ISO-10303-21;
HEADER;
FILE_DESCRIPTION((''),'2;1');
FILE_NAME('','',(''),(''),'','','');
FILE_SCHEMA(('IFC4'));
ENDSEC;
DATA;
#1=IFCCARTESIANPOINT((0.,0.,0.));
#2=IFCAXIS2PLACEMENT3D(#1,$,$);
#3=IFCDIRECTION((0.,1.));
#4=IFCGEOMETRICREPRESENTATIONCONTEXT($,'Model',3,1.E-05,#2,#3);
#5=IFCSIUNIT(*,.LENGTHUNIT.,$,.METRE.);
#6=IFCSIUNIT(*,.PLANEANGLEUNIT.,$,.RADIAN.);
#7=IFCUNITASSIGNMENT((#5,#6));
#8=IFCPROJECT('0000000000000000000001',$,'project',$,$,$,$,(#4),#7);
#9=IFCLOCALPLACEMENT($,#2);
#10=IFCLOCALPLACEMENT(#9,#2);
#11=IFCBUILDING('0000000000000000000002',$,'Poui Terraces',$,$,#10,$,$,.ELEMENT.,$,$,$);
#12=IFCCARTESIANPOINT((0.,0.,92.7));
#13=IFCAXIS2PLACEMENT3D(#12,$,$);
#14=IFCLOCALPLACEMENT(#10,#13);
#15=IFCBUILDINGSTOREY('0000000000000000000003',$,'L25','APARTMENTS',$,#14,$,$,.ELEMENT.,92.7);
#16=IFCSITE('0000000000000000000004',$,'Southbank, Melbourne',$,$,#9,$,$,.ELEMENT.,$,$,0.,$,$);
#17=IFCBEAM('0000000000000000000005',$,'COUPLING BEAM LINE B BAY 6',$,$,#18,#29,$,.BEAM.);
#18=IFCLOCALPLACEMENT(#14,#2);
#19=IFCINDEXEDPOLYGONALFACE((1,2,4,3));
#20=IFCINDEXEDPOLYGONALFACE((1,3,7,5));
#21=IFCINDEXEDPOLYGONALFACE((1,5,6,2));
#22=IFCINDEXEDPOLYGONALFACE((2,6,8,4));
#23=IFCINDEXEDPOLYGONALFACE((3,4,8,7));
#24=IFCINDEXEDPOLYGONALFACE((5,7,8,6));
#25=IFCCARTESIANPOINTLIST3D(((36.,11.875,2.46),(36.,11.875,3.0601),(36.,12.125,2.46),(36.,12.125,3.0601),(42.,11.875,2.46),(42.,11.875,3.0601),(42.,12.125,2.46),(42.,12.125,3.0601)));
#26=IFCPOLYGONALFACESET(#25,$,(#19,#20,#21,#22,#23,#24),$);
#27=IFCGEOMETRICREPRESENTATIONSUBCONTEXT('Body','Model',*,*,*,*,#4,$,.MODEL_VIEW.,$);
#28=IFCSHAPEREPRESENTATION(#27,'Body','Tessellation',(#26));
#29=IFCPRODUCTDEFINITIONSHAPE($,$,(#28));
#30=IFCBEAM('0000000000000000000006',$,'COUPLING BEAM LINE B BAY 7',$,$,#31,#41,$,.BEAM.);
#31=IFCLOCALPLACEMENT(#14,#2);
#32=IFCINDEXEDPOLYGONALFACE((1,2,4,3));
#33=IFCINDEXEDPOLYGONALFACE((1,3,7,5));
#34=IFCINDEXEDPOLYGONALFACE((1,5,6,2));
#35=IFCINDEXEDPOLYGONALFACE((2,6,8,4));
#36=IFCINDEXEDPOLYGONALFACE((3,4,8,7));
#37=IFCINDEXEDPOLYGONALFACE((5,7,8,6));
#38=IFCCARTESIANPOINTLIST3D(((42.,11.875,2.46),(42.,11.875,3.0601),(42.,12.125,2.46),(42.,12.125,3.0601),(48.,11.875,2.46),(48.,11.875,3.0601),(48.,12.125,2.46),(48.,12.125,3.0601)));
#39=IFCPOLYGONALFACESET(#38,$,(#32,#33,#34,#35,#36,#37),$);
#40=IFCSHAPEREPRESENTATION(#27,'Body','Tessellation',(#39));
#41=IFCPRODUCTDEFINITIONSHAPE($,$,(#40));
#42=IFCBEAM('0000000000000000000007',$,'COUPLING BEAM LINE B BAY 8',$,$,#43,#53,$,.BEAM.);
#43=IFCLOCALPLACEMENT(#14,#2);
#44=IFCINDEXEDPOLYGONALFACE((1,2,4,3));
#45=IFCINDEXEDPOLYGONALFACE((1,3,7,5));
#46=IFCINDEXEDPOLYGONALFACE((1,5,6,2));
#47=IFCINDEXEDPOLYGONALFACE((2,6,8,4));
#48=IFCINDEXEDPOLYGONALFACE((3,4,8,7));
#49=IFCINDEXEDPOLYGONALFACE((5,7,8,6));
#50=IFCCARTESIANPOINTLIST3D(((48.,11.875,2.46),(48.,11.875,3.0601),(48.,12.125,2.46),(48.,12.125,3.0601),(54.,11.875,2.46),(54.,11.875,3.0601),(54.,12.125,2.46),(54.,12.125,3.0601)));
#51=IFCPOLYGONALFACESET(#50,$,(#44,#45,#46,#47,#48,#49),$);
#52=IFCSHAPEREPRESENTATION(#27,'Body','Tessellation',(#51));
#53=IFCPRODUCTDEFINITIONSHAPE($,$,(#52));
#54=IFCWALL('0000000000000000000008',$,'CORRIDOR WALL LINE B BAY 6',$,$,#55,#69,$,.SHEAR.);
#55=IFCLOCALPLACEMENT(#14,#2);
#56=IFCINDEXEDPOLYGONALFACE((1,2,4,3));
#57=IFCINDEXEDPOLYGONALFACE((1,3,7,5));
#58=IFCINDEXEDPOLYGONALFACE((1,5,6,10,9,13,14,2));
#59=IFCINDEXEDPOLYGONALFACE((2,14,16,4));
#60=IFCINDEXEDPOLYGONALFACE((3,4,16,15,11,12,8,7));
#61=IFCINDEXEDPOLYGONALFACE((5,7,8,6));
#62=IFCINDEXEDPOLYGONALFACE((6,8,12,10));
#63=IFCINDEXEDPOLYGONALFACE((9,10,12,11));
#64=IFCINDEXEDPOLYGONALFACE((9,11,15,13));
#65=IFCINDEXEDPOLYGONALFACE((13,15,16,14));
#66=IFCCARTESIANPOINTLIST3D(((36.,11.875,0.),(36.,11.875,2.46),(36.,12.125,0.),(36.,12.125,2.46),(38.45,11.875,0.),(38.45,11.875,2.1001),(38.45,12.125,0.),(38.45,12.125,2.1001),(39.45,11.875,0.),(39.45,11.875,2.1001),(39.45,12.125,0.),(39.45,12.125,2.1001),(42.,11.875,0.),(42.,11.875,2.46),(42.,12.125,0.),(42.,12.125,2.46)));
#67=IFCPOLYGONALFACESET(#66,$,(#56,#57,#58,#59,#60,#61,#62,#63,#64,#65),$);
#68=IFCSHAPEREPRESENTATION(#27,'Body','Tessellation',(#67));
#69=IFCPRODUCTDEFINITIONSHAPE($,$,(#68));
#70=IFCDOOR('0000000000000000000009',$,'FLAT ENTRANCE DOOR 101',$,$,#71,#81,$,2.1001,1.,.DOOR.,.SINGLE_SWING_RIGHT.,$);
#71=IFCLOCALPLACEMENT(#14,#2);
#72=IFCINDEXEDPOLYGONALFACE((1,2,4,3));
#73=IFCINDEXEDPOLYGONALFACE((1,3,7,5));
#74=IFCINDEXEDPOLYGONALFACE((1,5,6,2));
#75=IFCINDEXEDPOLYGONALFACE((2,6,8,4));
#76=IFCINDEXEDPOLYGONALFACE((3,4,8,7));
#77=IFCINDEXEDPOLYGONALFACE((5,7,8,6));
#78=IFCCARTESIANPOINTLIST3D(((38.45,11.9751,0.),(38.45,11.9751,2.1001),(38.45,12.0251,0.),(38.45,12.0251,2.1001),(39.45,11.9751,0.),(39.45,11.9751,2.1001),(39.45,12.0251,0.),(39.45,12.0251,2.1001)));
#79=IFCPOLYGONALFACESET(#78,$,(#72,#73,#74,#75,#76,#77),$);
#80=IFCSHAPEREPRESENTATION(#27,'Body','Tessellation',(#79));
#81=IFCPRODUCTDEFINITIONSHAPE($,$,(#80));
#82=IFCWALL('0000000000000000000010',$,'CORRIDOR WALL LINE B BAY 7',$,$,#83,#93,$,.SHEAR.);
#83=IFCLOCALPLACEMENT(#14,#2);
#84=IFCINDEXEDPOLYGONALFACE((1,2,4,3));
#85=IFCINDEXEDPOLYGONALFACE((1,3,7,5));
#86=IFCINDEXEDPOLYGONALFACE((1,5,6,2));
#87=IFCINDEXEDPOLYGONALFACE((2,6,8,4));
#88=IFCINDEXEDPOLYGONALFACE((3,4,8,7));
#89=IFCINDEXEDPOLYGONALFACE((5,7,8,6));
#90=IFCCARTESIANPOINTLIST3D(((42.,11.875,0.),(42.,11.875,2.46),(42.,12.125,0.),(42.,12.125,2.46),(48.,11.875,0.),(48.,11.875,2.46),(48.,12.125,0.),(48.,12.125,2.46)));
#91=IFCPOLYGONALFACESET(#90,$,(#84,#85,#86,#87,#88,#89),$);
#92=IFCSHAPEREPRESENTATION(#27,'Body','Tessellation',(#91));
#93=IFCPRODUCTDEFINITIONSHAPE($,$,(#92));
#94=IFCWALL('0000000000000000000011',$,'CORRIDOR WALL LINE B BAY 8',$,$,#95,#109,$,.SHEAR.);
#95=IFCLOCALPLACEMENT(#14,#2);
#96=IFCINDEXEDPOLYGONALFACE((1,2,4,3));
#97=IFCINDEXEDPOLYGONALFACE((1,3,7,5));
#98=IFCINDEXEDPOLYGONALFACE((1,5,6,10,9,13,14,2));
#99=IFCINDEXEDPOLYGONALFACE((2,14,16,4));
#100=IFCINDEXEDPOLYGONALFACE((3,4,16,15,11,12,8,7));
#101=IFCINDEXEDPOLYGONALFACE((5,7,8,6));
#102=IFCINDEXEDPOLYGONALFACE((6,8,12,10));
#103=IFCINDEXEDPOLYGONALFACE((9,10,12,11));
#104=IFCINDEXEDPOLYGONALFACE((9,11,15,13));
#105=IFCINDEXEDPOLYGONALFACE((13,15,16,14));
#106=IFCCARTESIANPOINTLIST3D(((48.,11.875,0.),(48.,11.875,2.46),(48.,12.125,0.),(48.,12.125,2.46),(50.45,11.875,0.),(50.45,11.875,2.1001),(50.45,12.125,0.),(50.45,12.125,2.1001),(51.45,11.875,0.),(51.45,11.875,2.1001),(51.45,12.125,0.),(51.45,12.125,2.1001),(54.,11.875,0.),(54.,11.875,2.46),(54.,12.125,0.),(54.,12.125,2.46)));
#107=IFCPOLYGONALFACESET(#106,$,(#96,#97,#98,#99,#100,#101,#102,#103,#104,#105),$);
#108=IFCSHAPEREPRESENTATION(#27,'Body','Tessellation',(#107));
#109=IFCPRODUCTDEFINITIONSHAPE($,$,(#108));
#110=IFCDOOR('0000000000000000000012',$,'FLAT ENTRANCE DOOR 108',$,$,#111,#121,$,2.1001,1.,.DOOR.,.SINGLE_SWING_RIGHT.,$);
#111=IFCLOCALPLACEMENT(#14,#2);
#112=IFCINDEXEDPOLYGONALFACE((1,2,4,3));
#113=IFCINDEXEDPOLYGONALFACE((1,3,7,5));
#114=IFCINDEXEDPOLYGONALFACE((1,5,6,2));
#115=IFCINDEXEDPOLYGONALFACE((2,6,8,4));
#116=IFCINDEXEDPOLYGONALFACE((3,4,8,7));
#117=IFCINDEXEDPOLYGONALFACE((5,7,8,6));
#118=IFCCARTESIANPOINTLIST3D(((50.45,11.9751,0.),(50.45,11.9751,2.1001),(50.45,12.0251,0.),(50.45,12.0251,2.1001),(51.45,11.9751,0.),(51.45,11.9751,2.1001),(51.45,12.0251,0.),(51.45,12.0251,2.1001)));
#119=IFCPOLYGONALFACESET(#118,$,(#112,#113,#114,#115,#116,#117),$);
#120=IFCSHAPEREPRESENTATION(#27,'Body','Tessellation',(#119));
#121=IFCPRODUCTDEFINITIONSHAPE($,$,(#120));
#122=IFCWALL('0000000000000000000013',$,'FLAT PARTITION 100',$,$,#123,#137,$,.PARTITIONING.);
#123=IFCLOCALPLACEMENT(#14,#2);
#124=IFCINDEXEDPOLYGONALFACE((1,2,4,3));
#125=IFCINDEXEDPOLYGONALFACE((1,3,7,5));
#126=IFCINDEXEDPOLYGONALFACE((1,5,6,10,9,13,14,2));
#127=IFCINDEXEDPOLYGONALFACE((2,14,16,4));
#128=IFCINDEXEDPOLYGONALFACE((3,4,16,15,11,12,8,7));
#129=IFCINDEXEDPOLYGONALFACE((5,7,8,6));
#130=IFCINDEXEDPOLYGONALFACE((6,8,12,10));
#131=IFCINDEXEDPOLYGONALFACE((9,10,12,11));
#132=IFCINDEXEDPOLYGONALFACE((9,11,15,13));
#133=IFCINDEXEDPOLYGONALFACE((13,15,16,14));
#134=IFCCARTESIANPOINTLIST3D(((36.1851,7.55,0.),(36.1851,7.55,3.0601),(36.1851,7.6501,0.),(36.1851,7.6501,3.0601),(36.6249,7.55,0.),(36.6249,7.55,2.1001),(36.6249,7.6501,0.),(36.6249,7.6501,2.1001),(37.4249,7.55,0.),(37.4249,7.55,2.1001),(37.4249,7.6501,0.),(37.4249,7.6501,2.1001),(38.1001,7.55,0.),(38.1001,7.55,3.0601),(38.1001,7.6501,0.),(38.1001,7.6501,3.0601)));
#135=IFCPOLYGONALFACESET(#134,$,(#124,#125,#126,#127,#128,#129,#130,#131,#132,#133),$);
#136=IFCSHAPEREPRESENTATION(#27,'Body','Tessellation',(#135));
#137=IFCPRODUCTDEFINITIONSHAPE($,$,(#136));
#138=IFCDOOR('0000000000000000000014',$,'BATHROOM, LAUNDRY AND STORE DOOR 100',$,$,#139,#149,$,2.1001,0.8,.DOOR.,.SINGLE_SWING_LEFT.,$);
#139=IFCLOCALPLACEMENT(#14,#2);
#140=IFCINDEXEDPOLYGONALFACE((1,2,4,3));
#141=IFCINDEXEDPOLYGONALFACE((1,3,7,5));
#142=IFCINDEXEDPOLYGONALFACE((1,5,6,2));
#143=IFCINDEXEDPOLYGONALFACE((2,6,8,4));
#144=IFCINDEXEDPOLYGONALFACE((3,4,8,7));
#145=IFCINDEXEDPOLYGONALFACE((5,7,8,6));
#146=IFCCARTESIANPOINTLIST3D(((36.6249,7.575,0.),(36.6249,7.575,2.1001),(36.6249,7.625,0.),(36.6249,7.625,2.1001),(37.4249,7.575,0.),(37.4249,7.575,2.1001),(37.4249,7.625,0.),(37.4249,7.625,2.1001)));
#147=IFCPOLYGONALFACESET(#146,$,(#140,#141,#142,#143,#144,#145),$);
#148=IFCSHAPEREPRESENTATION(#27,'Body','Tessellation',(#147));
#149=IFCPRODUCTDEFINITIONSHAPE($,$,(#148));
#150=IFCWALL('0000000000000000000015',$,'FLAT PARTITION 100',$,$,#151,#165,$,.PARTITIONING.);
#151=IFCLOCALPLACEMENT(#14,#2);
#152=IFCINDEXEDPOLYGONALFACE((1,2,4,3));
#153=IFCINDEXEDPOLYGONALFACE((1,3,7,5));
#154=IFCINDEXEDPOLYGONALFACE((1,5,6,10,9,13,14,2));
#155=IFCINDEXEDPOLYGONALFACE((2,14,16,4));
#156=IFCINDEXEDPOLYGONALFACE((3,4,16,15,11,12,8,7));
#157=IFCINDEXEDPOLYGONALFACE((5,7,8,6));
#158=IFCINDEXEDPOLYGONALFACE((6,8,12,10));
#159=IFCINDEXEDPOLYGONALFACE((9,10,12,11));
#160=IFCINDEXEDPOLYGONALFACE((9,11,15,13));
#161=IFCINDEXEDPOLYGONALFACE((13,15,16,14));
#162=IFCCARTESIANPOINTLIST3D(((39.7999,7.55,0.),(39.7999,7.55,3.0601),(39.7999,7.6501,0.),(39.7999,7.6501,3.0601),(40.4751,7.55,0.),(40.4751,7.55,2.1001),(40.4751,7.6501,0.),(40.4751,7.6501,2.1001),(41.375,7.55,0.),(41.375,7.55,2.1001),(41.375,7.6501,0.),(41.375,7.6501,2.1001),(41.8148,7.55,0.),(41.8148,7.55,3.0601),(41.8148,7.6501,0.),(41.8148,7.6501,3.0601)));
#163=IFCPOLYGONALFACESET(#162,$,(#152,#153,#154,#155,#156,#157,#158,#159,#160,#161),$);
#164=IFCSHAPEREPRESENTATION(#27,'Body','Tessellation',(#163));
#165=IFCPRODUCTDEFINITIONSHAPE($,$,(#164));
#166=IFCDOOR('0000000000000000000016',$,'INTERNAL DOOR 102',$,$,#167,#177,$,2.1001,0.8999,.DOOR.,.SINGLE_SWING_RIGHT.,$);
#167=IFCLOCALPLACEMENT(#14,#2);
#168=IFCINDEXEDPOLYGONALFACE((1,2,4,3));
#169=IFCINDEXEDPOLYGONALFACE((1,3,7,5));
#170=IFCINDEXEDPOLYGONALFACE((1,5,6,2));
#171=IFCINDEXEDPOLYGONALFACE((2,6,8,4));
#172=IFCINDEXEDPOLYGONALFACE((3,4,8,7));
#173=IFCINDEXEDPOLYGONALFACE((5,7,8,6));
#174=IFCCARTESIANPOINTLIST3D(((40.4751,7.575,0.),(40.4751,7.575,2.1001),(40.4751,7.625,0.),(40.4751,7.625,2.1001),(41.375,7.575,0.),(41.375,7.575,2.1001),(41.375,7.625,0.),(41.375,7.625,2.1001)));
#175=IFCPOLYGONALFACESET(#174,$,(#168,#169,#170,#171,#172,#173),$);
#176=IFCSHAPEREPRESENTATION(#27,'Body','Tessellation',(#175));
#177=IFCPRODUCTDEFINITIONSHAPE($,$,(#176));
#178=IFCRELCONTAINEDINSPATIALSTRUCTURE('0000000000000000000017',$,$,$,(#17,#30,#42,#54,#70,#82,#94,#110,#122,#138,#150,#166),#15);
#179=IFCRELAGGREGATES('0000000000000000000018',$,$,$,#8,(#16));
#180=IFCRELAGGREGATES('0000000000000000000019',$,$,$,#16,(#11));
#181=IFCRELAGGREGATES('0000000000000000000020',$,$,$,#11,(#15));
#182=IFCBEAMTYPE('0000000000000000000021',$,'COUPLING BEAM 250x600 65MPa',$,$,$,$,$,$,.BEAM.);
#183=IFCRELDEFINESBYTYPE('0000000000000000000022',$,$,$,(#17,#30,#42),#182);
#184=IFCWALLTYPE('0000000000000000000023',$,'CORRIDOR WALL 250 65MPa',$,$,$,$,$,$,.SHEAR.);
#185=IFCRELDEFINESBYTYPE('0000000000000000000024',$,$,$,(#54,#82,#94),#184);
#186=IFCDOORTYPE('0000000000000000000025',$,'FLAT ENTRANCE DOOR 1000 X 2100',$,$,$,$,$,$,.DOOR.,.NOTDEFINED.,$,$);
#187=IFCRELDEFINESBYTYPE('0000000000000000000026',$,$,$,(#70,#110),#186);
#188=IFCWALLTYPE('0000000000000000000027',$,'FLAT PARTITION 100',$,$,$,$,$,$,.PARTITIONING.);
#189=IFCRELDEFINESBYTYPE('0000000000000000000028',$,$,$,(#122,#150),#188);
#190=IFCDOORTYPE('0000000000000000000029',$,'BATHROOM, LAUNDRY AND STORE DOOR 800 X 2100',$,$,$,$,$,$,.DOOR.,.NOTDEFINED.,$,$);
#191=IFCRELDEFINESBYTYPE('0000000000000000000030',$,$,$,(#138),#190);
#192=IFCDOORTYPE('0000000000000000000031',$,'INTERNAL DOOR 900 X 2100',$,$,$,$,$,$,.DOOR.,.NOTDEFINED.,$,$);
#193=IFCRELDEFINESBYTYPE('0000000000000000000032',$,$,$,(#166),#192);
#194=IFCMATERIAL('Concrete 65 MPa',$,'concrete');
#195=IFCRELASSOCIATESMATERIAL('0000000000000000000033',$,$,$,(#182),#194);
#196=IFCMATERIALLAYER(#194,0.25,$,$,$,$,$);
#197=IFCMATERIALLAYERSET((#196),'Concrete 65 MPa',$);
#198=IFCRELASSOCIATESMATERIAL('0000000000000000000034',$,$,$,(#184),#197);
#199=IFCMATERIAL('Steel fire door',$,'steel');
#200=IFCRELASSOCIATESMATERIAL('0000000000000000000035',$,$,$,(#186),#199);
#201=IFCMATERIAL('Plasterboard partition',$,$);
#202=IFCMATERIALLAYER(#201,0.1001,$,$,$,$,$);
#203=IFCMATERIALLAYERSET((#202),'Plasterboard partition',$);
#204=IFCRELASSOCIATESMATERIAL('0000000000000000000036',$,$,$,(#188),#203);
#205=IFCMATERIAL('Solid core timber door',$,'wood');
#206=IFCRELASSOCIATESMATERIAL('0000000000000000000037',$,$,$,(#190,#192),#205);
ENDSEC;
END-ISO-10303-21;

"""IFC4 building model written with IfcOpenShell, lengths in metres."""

from ifc_helpers import new_model, si_unit, direction, frame, frame_2d, origin, origin_2d, place, context, subcontext, project, spatial, rectangle, extrude, source, transform, mapped, material, layer, layer_set, material_profile, profile_set, type_object, element, fill, save


model = new_model("IFC4")

# Units and contexts
model_context = context("Model", 3, precision=1e-05, world=origin(), true_north=direction((0.0, 1.0)))
body_context = subcontext(model_context, "Body", "Model", "MODEL_VIEW")
ifc_project = project(units=[si_unit("LENGTHUNIT", "METRE"), si_unit("PLANEANGLEUNIT", "RADIAN")], contexts=[model_context])

# Site, building, storey
site_placement = place(None, origin())
site = spatial("IfcSite", under=ifc_project, at=site_placement, Name="Southbank, Melbourne", CompositionType="ELEMENT", RefElevation=0.0)
building_placement = place(site_placement, origin())
building = spatial("IfcBuilding", under=site, at=building_placement, Name="Poui Terraces", CompositionType="ELEMENT")
storey_placement = place(building_placement, frame((0.0, 0.0, 92.7)))
storey = spatial("IfcBuildingStorey", under=building, at=storey_placement, Name="L25", Description="APARTMENTS", CompositionType="ELEMENT", Elevation=92.7)

# Beams
ifc_material_1 = material(Name="Concrete 65 MPa", Category="concrete")
ifc_material_profile = material_profile(ifc_material_1, rectangle(XDim=0.25, YDim=0.6001, at=origin_2d()), Name="RC 250x600")
ifc_profile_set = profile_set([ifc_material_profile], Name="Concrete 65 MPa")
beam_type = type_object("IfcBeamType", Name="COUPLING BEAM 250x600 65MPa", PredefinedType="BEAM", material=ifc_profile_set)
shared_shape = source(origin(), body_context, "Body", "SweptSolid", [
    extrude(rectangle(XDim=0.25, YDim=0.6001, at=origin_2d()), origin(), (0.0, 0.0, 1.0), 6.0),
])
for number, where, z_axis, x_axis, name in (
    (1, (36.0, 12.0, 2.76), (1.0, 0.0, 0.0), (0.0, 1.0, 0.0), "COUPLING BEAM LINE B BAY 6"),
    (2, (42.0, 12.0, 2.76), (1.0, 0.0, 0.0), (0.0, 1.0, 0.0), "COUPLING BEAM LINE B BAY 7"),
    (3, (48.0, 12.0, 2.76), (1.0, 0.0, 0.0), (0.0, 1.0, 0.0), "COUPLING BEAM LINE B BAY 8"),
):
    element("IfcBeam", number, at=place(storey_placement, frame(where, z_axis=z_axis, x_axis=x_axis)), inside=storey, type_object=beam_type, Name=name, PredefinedType="BEAM", context=body_context, shape_type="MappedRepresentation", body=[
        mapped(shared_shape, transform((0.0, 0.0, 0.0))),
    ])

# Wall, opening, door
ifc_layer_1 = layer(ifc_material_1, 0.25)
ifc_layer_set_1 = layer_set([ifc_layer_1], Name="Concrete 65 MPa")
wall_type_1 = type_object("IfcWallType", Name="CORRIDOR WALL 250 65MPa", PredefinedType="SHEAR", material=ifc_layer_set_1)
wall_1_placement = place(storey_placement, frame((36.0, 12.0, 0.0), z_axis=(0.0, 0.0, 1.0), x_axis=(1.0, 0.0, 0.0)))
wall_1 = element("IfcWall", 4, at=wall_1_placement, inside=storey, type_object=wall_type_1, Name="CORRIDOR WALL LINE B BAY 6", PredefinedType="SHEAR", context=body_context, shape_type="SweptSolid", body=[
    extrude(rectangle(XDim=6.0, YDim=0.25, at=frame_2d((3.0, 0.0))), origin(), (0.0, 0.0, 1.0), 2.46),
])
opening_1_placement = place(wall_1_placement, frame((2.45, 0.0, 0.0)))
opening_1 = element("IfcOpeningElement", 5, at=opening_1_placement, cuts=wall_1, PredefinedType="OPENING", context=body_context, shape_type="SweptSolid", body=[
    extrude(rectangle(XDim=1.0, YDim=2.1001, at=frame_2d((0.5, 1.05))), frame((0.0, 0.135, 0.0), z_axis=(0.0, -1.0, 0.0), x_axis=(1.0, 0.0, 0.0)), (0.0, 0.0, 1.0), 0.27),
])
ifc_material_2 = material(Name="Steel fire door", Category="steel")
door_type_1 = type_object("IfcDoorType", Name="FLAT ENTRANCE DOOR 1000 X 2100", OperationType="NOTDEFINED", PredefinedType="DOOR", material=ifc_material_2)
door_1_placement = place(opening_1_placement, frame((1.0, 0.0, 0.0), z_axis=(0.0, 0.0, 1.0), x_axis=(-1.0, 0.0, 0.0)))
door_1 = element("IfcDoor", 6, at=door_1_placement, inside=storey, type_object=door_type_1, Name="FLAT ENTRANCE DOOR 101", OperationType="SINGLE_SWING_RIGHT", OverallHeight=2.1001, OverallWidth=1.0, PredefinedType="DOOR", context=body_context, shape_type="SweptSolid", body=[
    extrude(rectangle(XDim=1.0, YDim=2.1001, at=frame_2d((0.5, 1.05))), frame((0.0, 0.0249, 0.0), z_axis=(0.0, -1.0, 0.0), x_axis=(1.0, 0.0, 0.0)), (0.0, 0.0, 1.0), 0.05),
])
fill(opening_1, door_1)

# Wall
wall_2_placement = place(storey_placement, frame((42.0, 12.0, 0.0), z_axis=(0.0, 0.0, 1.0), x_axis=(1.0, 0.0, 0.0)))
element("IfcWall", 7, at=wall_2_placement, inside=storey, type_object=wall_type_1, Name="CORRIDOR WALL LINE B BAY 7", PredefinedType="SHEAR", context=body_context, shape_type="SweptSolid", body=[
    extrude(rectangle(XDim=6.0, YDim=0.25, at=frame_2d((3.0, 0.0))), origin(), (0.0, 0.0, 1.0), 2.46),
])

# Walls, openings, doors
wall_3_placement = place(storey_placement, frame((48.0, 12.0, 0.0), z_axis=(0.0, 0.0, 1.0), x_axis=(1.0, 0.0, 0.0)))
wall_3 = element("IfcWall", 8, at=wall_3_placement, inside=storey, type_object=wall_type_1, Name="CORRIDOR WALL LINE B BAY 8", PredefinedType="SHEAR", context=body_context, shape_type="SweptSolid", body=[
    extrude(rectangle(XDim=6.0, YDim=0.25, at=frame_2d((3.0, 0.0))), origin(), (0.0, 0.0, 1.0), 2.46),
])
opening_2_placement = place(wall_3_placement, frame((2.45, 0.0, 0.0)))
opening_2 = element("IfcOpeningElement", 9, at=opening_2_placement, cuts=wall_3, PredefinedType="OPENING", context=body_context, shape_type="SweptSolid", body=[
    extrude(rectangle(XDim=1.0, YDim=2.1001, at=frame_2d((0.5, 1.05))), frame((0.0, 0.135, 0.0), z_axis=(0.0, -1.0, 0.0), x_axis=(1.0, 0.0, 0.0)), (0.0, 0.0, 1.0), 0.27),
])
door_2_placement = place(opening_2_placement, frame((1.0, 0.0, 0.0), z_axis=(0.0, 0.0, 1.0), x_axis=(-1.0, 0.0, 0.0)))
door_2 = element("IfcDoor", 10, at=door_2_placement, inside=storey, type_object=door_type_1, Name="FLAT ENTRANCE DOOR 108", OperationType="SINGLE_SWING_RIGHT", OverallHeight=2.1001, OverallWidth=1.0, PredefinedType="DOOR", context=body_context, shape_type="SweptSolid", body=[
    extrude(rectangle(XDim=1.0, YDim=2.1001, at=frame_2d((0.5, 1.05))), frame((0.0, 0.0249, 0.0), z_axis=(0.0, -1.0, 0.0), x_axis=(1.0, 0.0, 0.0)), (0.0, 0.0, 1.0), 0.05),
])
fill(opening_2, door_2)
ifc_material_3 = material(Name="Plasterboard partition")
ifc_layer_2 = layer(ifc_material_3, 0.1001)
ifc_layer_set_2 = layer_set([ifc_layer_2], Name="Plasterboard partition")
wall_type_2 = type_object("IfcWallType", Name="FLAT PARTITION 100", PredefinedType="PARTITIONING", material=ifc_layer_set_2)
wall_4_placement = place(storey_placement, frame((36.1851, 7.6001, 0.0), z_axis=(0.0, 0.0, 1.0), x_axis=(1.0, 0.0, 0.0)))
wall_4 = element("IfcWall", 11, at=wall_4_placement, inside=storey, type_object=wall_type_2, Name="FLAT PARTITION 100", PredefinedType="PARTITIONING", context=body_context, shape_type="SweptSolid", body=[
    extrude(rectangle(XDim=1.915, YDim=0.1001, at=frame_2d((0.9575, 0.0))), origin(), (0.0, 0.0, 1.0), 3.0601),
])
opening_3_placement = place(wall_4_placement, frame((0.4399, 0.0, 0.0)))
opening_3 = element("IfcOpeningElement", 12, at=opening_3_placement, cuts=wall_4, PredefinedType="OPENING", context=body_context, shape_type="SweptSolid", body=[
    extrude(rectangle(XDim=0.8, YDim=2.1001, at=frame_2d((0.3999, 1.05))), frame((0.0, 0.0601, 0.0), z_axis=(0.0, -1.0, 0.0), x_axis=(1.0, 0.0, 0.0)), (0.0, 0.0, 1.0), 0.1201),
])
ifc_material_4 = material(Name="Solid core timber door", Category="wood")
door_type_2 = type_object("IfcDoorType", Name="BATHROOM, LAUNDRY AND STORE DOOR 800 X 2100", OperationType="NOTDEFINED", PredefinedType="DOOR", material=ifc_material_4)
door_3_placement = place(opening_3_placement, origin())
door_3 = element("IfcDoor", 13, at=door_3_placement, inside=storey, type_object=door_type_2, Name="BATHROOM, LAUNDRY AND STORE DOOR 100", OperationType="SINGLE_SWING_LEFT", OverallHeight=2.1001, OverallWidth=0.8, PredefinedType="DOOR", context=body_context, shape_type="SweptSolid", body=[
    extrude(rectangle(XDim=0.8, YDim=2.1001, at=frame_2d((0.3999, 1.05))), frame((0.0, 0.0249, 0.0), z_axis=(0.0, -1.0, 0.0), x_axis=(1.0, 0.0, 0.0)), (0.0, 0.0, 1.0), 0.05),
])
fill(opening_3, door_3)
wall_5_placement = place(storey_placement, frame((39.8, 7.6001, 0.0), z_axis=(0.0, 0.0, 1.0), x_axis=(1.0, 0.0, 0.0)))
wall_5 = element("IfcWall", 14, at=wall_5_placement, inside=storey, type_object=wall_type_2, Name="FLAT PARTITION 100", PredefinedType="PARTITIONING", context=body_context, shape_type="SweptSolid", body=[
    extrude(rectangle(XDim=2.0149, YDim=0.1001, at=frame_2d((1.0073, 0.0))), origin(), (0.0, 0.0, 1.0), 3.0601),
])
opening_4_placement = place(wall_5_placement, frame((0.675, 0.0, 0.0)))
opening_4 = element("IfcOpeningElement", 15, at=opening_4_placement, cuts=wall_5, PredefinedType="OPENING", context=body_context, shape_type="SweptSolid", body=[
    extrude(rectangle(XDim=0.8999, YDim=2.1001, at=frame_2d((0.45, 1.05))), frame((0.0, 0.0601, 0.0), z_axis=(0.0, -1.0, 0.0), x_axis=(1.0, 0.0, 0.0)), (0.0, 0.0, 1.0), 0.1201),
])
door_type_3 = type_object("IfcDoorType", Name="INTERNAL DOOR 900 X 2100", OperationType="NOTDEFINED", PredefinedType="DOOR", material=ifc_material_4)
door_4_placement = place(opening_4_placement, origin())
door_4 = element("IfcDoor", 16, at=door_4_placement, inside=storey, type_object=door_type_3, Name="INTERNAL DOOR 102", OperationType="SINGLE_SWING_RIGHT", OverallHeight=2.1001, OverallWidth=0.8999, PredefinedType="DOOR", context=body_context, shape_type="SweptSolid", body=[
    extrude(rectangle(XDim=0.8999, YDim=2.1001, at=frame_2d((0.45, 1.05))), frame((0.0, 0.0249, 0.0), z_axis=(0.0, -1.0, 0.0), x_axis=(1.0, 0.0, 0.0)), (0.0, 0.0, 1.0), 0.05),
])
fill(opening_4, door_4)

save(model, "model.ifc")
